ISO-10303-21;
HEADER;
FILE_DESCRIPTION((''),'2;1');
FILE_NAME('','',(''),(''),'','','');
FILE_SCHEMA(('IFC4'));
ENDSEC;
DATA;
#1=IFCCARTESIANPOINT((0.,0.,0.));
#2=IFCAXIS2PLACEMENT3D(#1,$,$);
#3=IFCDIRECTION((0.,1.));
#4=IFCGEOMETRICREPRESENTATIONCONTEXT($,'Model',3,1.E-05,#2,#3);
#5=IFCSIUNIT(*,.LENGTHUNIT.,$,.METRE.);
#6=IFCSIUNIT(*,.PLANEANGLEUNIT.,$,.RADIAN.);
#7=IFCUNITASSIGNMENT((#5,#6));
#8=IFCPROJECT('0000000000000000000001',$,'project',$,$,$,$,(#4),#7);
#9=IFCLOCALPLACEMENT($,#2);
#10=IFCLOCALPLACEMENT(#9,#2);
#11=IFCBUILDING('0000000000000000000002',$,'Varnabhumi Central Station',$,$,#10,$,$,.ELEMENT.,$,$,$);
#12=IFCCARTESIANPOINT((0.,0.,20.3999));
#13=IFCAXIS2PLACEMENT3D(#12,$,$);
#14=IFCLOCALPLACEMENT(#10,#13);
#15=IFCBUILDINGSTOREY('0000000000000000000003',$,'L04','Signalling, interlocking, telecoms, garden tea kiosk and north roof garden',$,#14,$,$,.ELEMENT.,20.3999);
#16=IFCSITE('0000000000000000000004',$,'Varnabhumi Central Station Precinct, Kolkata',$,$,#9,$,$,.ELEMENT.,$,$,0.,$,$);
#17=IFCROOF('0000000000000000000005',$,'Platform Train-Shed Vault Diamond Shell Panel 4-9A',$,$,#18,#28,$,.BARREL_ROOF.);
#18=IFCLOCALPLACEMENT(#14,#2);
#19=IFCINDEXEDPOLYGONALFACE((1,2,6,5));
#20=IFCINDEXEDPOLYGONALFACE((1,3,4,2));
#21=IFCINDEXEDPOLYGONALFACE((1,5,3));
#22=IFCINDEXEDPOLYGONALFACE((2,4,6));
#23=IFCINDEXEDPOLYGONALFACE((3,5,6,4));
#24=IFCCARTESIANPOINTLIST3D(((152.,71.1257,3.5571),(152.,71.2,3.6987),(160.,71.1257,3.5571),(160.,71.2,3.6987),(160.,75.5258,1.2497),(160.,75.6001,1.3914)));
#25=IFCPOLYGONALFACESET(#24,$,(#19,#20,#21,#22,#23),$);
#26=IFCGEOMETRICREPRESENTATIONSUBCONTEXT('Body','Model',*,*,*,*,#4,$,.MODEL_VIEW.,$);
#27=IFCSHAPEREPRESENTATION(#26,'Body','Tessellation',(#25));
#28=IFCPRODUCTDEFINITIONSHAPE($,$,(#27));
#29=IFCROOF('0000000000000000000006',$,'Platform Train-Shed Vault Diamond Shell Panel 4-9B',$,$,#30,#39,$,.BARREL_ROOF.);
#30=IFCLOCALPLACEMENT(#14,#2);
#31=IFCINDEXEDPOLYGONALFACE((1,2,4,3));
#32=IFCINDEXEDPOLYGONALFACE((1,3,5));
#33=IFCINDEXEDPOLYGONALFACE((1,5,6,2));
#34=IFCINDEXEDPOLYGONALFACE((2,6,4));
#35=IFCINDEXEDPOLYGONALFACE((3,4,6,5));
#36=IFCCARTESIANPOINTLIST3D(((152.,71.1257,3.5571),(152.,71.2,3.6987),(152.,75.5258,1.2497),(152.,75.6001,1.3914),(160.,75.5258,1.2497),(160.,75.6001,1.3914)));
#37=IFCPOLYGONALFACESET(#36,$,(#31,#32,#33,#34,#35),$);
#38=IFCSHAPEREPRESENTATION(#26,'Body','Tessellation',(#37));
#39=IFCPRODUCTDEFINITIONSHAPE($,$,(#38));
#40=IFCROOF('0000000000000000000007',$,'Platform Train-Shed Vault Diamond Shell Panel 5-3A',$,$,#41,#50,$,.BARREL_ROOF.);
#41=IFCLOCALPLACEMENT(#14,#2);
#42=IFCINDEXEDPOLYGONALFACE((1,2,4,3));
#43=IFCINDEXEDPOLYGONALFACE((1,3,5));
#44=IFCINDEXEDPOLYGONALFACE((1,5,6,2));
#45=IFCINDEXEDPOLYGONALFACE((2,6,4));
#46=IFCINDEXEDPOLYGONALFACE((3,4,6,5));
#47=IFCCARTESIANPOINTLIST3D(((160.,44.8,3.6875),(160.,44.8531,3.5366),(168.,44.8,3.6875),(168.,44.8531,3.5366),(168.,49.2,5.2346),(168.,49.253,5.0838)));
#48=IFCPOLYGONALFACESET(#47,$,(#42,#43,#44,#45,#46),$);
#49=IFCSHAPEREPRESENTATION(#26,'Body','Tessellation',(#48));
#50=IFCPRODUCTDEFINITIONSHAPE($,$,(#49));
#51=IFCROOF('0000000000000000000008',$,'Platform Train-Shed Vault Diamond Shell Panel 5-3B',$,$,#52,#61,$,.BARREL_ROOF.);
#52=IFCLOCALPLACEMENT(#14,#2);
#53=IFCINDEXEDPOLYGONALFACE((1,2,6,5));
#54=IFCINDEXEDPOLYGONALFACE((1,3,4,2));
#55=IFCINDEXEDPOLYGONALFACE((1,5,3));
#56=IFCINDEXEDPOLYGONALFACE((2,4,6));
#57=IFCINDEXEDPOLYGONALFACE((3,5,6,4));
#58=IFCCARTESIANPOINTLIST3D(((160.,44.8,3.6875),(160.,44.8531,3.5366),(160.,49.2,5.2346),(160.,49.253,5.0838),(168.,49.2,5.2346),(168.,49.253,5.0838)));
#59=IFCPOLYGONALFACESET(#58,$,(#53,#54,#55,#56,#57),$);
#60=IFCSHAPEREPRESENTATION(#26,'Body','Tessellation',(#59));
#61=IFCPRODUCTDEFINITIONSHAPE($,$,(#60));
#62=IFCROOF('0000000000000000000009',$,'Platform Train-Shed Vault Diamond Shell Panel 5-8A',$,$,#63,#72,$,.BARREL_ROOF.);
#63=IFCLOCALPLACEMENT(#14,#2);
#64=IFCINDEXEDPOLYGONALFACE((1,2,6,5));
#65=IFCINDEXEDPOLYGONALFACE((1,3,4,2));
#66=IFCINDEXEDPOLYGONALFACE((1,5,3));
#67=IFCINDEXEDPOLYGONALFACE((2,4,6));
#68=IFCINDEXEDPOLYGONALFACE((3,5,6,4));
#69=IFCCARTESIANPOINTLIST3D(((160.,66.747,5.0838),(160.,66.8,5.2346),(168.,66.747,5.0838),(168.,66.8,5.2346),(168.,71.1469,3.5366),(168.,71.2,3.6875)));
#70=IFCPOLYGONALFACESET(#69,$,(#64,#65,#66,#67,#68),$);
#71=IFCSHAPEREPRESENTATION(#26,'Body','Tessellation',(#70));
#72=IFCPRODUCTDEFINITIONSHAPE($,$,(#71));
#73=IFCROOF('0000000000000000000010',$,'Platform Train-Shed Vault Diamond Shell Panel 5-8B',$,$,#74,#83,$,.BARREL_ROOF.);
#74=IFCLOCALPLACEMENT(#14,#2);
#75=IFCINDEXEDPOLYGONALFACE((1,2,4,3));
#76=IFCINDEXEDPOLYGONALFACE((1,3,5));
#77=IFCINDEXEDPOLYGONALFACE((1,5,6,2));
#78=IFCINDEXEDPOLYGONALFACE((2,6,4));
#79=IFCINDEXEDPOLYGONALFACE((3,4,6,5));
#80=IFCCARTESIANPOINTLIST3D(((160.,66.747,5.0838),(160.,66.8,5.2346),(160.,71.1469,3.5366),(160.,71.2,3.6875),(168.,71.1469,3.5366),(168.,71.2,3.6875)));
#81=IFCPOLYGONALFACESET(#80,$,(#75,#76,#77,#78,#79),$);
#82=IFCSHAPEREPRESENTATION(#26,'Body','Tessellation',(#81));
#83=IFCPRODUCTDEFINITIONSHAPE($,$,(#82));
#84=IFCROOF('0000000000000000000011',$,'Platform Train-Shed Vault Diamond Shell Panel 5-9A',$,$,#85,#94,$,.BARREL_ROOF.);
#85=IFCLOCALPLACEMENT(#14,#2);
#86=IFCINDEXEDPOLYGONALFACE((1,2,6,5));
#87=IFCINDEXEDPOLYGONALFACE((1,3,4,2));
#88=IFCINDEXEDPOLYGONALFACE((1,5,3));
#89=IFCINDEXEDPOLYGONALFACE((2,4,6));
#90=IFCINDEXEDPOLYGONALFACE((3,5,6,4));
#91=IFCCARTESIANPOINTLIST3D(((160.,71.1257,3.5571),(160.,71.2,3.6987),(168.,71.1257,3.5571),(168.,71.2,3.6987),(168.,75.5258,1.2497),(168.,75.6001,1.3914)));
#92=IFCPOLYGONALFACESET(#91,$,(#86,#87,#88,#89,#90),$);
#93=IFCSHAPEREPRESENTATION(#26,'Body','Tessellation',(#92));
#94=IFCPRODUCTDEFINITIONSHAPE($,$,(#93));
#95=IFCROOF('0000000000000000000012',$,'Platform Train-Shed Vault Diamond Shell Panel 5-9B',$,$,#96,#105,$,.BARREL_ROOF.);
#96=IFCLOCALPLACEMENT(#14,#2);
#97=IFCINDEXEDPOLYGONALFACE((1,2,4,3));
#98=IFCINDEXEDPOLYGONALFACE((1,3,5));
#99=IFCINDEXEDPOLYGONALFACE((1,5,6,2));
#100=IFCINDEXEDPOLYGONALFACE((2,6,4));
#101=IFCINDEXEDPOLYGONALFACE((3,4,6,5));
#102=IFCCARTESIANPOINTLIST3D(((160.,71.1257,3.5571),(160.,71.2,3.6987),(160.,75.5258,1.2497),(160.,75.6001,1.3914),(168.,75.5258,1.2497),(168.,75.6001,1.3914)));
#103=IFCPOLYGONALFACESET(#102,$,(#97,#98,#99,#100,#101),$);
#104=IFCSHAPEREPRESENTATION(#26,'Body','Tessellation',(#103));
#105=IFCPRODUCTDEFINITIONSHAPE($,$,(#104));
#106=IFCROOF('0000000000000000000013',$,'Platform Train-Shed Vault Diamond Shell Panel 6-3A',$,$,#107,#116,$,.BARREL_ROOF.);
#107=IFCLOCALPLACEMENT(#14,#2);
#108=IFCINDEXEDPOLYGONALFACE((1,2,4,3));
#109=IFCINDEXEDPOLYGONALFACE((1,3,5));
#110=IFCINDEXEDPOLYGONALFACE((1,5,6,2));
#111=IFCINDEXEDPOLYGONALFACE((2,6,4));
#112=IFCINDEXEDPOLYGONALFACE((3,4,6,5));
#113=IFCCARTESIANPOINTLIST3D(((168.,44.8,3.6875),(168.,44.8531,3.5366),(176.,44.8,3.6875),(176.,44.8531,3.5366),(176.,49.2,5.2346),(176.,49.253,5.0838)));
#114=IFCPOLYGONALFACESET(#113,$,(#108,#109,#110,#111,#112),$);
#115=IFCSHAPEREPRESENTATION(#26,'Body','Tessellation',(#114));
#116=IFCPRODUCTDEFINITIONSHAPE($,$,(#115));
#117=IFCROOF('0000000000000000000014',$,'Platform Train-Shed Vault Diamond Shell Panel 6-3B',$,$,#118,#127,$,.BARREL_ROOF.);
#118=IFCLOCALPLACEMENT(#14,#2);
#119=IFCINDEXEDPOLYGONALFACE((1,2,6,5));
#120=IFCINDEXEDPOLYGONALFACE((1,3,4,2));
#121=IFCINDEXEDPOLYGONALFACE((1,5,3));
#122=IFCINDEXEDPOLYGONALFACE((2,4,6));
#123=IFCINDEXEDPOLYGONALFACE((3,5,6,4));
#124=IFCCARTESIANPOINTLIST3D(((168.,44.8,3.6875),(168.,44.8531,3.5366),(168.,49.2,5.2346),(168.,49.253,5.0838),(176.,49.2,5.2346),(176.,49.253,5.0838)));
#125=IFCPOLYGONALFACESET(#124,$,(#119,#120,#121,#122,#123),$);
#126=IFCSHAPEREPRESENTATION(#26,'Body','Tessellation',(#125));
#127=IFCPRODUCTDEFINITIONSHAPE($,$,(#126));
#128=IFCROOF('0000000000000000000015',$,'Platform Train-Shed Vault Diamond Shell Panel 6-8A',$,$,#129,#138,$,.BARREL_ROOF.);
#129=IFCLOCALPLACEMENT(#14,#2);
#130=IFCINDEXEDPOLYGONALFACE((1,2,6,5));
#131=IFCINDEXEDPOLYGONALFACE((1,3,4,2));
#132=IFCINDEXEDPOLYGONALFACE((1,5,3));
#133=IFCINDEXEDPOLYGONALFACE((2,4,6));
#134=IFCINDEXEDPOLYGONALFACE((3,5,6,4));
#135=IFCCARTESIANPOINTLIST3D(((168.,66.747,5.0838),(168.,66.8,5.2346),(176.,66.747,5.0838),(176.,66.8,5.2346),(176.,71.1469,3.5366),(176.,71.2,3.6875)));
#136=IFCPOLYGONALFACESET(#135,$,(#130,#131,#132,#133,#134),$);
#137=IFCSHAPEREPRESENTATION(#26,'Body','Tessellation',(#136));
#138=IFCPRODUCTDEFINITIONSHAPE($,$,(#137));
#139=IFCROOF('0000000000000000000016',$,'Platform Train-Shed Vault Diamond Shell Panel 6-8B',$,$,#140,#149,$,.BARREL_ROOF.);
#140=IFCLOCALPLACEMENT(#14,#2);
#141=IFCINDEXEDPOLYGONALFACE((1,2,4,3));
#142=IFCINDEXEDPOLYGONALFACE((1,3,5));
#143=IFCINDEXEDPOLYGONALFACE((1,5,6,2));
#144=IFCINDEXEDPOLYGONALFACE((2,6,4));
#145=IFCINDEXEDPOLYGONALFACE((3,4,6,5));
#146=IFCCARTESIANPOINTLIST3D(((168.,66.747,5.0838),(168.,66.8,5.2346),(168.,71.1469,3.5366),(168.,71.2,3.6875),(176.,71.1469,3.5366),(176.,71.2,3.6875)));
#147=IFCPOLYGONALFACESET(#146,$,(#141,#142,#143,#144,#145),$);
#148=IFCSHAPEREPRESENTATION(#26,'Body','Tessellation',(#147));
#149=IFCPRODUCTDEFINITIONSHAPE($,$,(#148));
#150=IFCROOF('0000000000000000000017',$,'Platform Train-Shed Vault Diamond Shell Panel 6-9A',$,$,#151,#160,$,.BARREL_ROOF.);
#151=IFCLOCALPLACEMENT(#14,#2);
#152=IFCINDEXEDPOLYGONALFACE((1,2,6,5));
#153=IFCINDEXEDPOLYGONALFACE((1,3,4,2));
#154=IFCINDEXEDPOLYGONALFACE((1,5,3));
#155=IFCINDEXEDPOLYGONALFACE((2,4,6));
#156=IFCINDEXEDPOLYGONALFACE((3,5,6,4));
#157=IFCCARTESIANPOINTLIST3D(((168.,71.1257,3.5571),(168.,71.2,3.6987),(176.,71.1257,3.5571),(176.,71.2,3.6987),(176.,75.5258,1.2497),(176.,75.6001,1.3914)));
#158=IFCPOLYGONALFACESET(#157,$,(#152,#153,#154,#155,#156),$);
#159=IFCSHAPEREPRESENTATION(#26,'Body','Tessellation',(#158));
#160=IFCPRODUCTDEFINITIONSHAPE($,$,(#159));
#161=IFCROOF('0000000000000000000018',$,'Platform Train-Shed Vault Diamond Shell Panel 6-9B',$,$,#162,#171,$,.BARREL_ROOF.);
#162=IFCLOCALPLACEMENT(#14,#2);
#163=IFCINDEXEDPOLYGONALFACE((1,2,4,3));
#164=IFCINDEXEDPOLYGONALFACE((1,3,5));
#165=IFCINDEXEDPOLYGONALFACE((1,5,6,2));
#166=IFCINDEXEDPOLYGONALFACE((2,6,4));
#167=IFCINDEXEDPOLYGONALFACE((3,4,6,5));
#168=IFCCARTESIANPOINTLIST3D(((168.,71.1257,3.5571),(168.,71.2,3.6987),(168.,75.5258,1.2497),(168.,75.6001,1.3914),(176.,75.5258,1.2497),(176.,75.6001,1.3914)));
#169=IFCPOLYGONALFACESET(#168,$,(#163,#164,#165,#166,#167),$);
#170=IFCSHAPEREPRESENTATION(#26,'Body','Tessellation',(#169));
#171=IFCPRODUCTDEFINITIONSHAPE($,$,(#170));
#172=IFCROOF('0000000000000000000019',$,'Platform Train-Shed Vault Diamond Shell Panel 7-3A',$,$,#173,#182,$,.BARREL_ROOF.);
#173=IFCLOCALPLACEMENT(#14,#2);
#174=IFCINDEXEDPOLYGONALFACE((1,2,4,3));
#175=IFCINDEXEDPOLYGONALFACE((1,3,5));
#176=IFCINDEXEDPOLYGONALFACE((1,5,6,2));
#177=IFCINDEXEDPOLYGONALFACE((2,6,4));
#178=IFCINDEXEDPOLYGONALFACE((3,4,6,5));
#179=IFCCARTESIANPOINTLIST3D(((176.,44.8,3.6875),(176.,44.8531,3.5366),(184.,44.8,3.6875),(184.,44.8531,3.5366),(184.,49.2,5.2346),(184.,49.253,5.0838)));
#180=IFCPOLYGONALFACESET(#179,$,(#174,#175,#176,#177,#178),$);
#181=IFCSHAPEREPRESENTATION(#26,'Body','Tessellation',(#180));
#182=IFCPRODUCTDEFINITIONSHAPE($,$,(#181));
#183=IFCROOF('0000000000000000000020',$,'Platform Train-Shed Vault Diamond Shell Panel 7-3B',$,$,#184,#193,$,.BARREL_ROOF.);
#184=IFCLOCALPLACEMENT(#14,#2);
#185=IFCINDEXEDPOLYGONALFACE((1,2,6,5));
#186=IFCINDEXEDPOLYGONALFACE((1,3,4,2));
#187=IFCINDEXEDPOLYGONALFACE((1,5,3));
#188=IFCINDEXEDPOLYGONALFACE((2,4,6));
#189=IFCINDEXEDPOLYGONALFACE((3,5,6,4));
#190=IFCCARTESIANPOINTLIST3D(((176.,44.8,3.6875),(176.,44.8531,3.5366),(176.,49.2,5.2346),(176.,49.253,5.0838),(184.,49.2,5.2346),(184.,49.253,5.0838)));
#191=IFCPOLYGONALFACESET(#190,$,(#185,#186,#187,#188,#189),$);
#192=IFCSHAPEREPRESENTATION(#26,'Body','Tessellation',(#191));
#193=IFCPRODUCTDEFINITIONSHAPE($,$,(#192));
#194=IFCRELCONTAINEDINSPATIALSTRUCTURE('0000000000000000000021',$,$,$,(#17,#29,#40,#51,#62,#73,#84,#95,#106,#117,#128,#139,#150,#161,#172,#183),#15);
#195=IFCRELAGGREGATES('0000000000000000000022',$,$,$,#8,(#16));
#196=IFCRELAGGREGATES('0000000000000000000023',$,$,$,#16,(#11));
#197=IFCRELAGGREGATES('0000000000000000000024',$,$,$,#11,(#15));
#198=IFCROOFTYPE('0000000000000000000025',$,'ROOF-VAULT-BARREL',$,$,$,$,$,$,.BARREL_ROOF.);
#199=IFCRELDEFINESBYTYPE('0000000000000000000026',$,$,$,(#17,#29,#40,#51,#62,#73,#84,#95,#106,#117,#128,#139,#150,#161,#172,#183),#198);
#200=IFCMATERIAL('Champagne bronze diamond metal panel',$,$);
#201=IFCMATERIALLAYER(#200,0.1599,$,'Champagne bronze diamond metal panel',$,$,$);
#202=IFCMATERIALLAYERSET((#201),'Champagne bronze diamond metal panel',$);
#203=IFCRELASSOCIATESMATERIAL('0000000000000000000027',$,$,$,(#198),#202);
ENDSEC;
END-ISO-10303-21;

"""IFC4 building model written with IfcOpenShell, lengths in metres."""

from ifc_helpers import new_model, si_unit, direction, frame, origin, place, context, subcontext, project, spatial, polyline, outline, extrude, material, layer, layer_set, type_object, element, save


model = new_model("IFC4")

# Units and contexts
model_context = context("Model", 3, precision=1e-05, world=origin(), true_north=direction((0.0, 1.0)))
body_context = subcontext(model_context, "Body", "Model", "MODEL_VIEW")
ifc_project = project(units=[si_unit("LENGTHUNIT", "METRE"), si_unit("PLANEANGLEUNIT", "RADIAN")], contexts=[model_context])

# Site, building, storey
site_placement = place(None, origin())
site = spatial("IfcSite", under=ifc_project, at=site_placement, Name="Varnabhumi Central Station Precinct, Kolkata", CompositionType="ELEMENT", RefElevation=0.0)
building_placement = place(site_placement, origin())
building = spatial("IfcBuilding", under=site, at=building_placement, Name="Varnabhumi Central Station", CompositionType="ELEMENT")
storey_placement = place(building_placement, frame((0.0, 0.0, 20.3999)))
storey = spatial("IfcBuildingStorey", under=building, at=storey_placement, Name="L04", Description="Signalling, interlocking, telecoms, garden tea kiosk and north roof garden", CompositionType="ELEMENT", Elevation=20.3999)

# Roofs
ifc_material = material(Name="Champagne bronze diamond metal panel")
ifc_layer = layer(ifc_material, 0.1599, Name="Champagne bronze diamond metal panel")
ifc_layer_set = layer_set([ifc_layer], Name="Champagne bronze diamond metal panel")
roof_type = type_object("IfcRoofType", Name="ROOF-VAULT-BARREL", PredefinedType="BARREL_ROOF", material=ifc_layer_set)
roof_1_placement = place(storey_placement, frame((152.0, 71.2, 3.6987), z_axis=(0.0, 0.464407, 0.885622), x_axis=(1.0, 0.0, 0.0)))
element("IfcRoof", 1, at=roof_1_placement, inside=storey, type_object=roof_type, Name="Platform Train-Shed Vault Diamond Shell Panel 4-9A", PredefinedType="BARREL_ROOF", context=body_context, shape_type="SweptSolid", body=[
    extrude(outline(polyline([(0.0, 0.0), (8.0, 0.0), (8.0, 4.9684), (0.0, 0.0)])), origin(), (0.0, 0.0, -1.0), 0.1599),
])
roof_2_placement = place(storey_placement, frame((152.0, 71.2, 3.6987), z_axis=(0.0, 0.464407, 0.885622), x_axis=(0.849502, 0.467242, -0.245015)))
element("IfcRoof", 2, at=roof_2_placement, inside=storey, type_object=roof_type, Name="Platform Train-Shed Vault Diamond Shell Panel 4-9B", PredefinedType="BARREL_ROOF", context=body_context, shape_type="SweptSolid", body=[
    extrude(outline(polyline([(0.0, 0.0), (9.4173, 0.0), (2.6213, 4.2207), (0.0, 0.0)])), origin(), (0.0, 0.0, -1.0), 0.1599),
])
roof_3_placement = place(storey_placement, frame((160.0, 44.8, 3.6875), z_axis=(0.0, -0.331716, 0.943379), x_axis=(1.0, 0.0, 0.0)))
element("IfcRoof", 3, at=roof_3_placement, inside=storey, type_object=roof_type, Name="Platform Train-Shed Vault Diamond Shell Panel 5-3A", PredefinedType="BARREL_ROOF", context=body_context, shape_type="SweptSolid", body=[
    extrude(outline(polyline([(0.0, 0.0), (8.0, 0.0), (8.0, 4.664), (0.0, 0.0)])), origin(), (0.0, 0.0, -1.0), 0.1599),
])
roof_4_placement = place(storey_placement, frame((160.0, 44.8, 3.6875), z_axis=(0.0, -0.331716, 0.943379), x_axis=(0.863905, 0.475137, 0.167071)))
element("IfcRoof", 4, at=roof_4_placement, inside=storey, type_object=roof_type, Name="Platform Train-Shed Vault Diamond Shell Panel 5-3B", PredefinedType="BARREL_ROOF", context=body_context, shape_type="SweptSolid", body=[
    extrude(outline(polyline([(0.0, 0.0), (9.2603, 0.0), (2.349, 4.0292), (0.0, 0.0)])), origin(), (0.0, 0.0, -1.0), 0.1599),
])
roof_5_placement = place(storey_placement, frame((160.0, 66.8, 5.2346), z_axis=(0.0, 0.331716, 0.943379), x_axis=(1.0, 0.0, 0.0)))
element("IfcRoof", 5, at=roof_5_placement, inside=storey, type_object=roof_type, Name="Platform Train-Shed Vault Diamond Shell Panel 5-8A", PredefinedType="BARREL_ROOF", context=body_context, shape_type="SweptSolid", body=[
    extrude(outline(polyline([(0.0, 0.0), (8.0, 0.0), (8.0, 4.664), (0.0, 0.0)])), origin(), (0.0, 0.0, -1.0), 0.1599),
])
roof_6_placement = place(storey_placement, frame((160.0, 66.8, 5.2346), z_axis=(0.0, 0.331716, 0.943379), x_axis=(0.863905, 0.475137, -0.167071)))
element("IfcRoof", 6, at=roof_6_placement, inside=storey, type_object=roof_type, Name="Platform Train-Shed Vault Diamond Shell Panel 5-8B", PredefinedType="BARREL_ROOF", context=body_context, shape_type="SweptSolid", body=[
    extrude(outline(polyline([(0.0, 0.0), (9.2603, 0.0), (2.349, 4.0292), (0.0, 0.0)])), origin(), (0.0, 0.0, -1.0), 0.1599),
])
roof_7_placement = place(storey_placement, frame((160.0, 71.2, 3.6987), z_axis=(0.0, 0.464407, 0.885622), x_axis=(1.0, 0.0, 0.0)))
element("IfcRoof", 7, at=roof_7_placement, inside=storey, type_object=roof_type, Name="Platform Train-Shed Vault Diamond Shell Panel 5-9A", PredefinedType="BARREL_ROOF", context=body_context, shape_type="SweptSolid", body=[
    extrude(outline(polyline([(0.0, 0.0), (8.0, 0.0), (8.0, 4.9684), (0.0, 0.0)])), origin(), (0.0, 0.0, -1.0), 0.1599),
])
roof_8_placement = place(storey_placement, frame((160.0, 71.2, 3.6987), z_axis=(0.0, 0.464407, 0.885622), x_axis=(0.849502, 0.467242, -0.245015)))
element("IfcRoof", 8, at=roof_8_placement, inside=storey, type_object=roof_type, Name="Platform Train-Shed Vault Diamond Shell Panel 5-9B", PredefinedType="BARREL_ROOF", context=body_context, shape_type="SweptSolid", body=[
    extrude(outline(polyline([(0.0, 0.0), (9.4173, 0.0), (2.6213, 4.2207), (0.0, 0.0)])), origin(), (0.0, 0.0, -1.0), 0.1599),
])
roof_9_placement = place(storey_placement, frame((168.0, 44.8, 3.6875), z_axis=(0.0, -0.331716, 0.943379), x_axis=(1.0, 0.0, 0.0)))
element("IfcRoof", 9, at=roof_9_placement, inside=storey, type_object=roof_type, Name="Platform Train-Shed Vault Diamond Shell Panel 6-3A", PredefinedType="BARREL_ROOF", context=body_context, shape_type="SweptSolid", body=[
    extrude(outline(polyline([(0.0, 0.0), (8.0, 0.0), (8.0, 4.664), (0.0, 0.0)])), origin(), (0.0, 0.0, -1.0), 0.1599),
])
roof_10_placement = place(storey_placement, frame((168.0, 44.8, 3.6875), z_axis=(0.0, -0.331716, 0.943379), x_axis=(0.863905, 0.475137, 0.167071)))
element("IfcRoof", 10, at=roof_10_placement, inside=storey, type_object=roof_type, Name="Platform Train-Shed Vault Diamond Shell Panel 6-3B", PredefinedType="BARREL_ROOF", context=body_context, shape_type="SweptSolid", body=[
    extrude(outline(polyline([(0.0, 0.0), (9.2603, 0.0), (2.349, 4.0292), (0.0, 0.0)])), origin(), (0.0, 0.0, -1.0), 0.1599),
])
roof_11_placement = place(storey_placement, frame((168.0, 66.8, 5.2346), z_axis=(0.0, 0.331716, 0.943379), x_axis=(1.0, 0.0, 0.0)))
element("IfcRoof", 11, at=roof_11_placement, inside=storey, type_object=roof_type, Name="Platform Train-Shed Vault Diamond Shell Panel 6-8A", PredefinedType="BARREL_ROOF", context=body_context, shape_type="SweptSolid", body=[
    extrude(outline(polyline([(0.0, 0.0), (8.0, 0.0), (8.0, 4.664), (0.0, 0.0)])), origin(), (0.0, 0.0, -1.0), 0.1599),
])
roof_12_placement = place(storey_placement, frame((168.0, 66.8, 5.2346), z_axis=(0.0, 0.331716, 0.943379), x_axis=(0.863905, 0.475137, -0.167071)))
element("IfcRoof", 12, at=roof_12_placement, inside=storey, type_object=roof_type, Name="Platform Train-Shed Vault Diamond Shell Panel 6-8B", PredefinedType="BARREL_ROOF", context=body_context, shape_type="SweptSolid", body=[
    extrude(outline(polyline([(0.0, 0.0), (9.2603, 0.0), (2.349, 4.0292), (0.0, 0.0)])), origin(), (0.0, 0.0, -1.0), 0.1599),
])
roof_13_placement = place(storey_placement, frame((168.0, 71.2, 3.6987), z_axis=(0.0, 0.464407, 0.885622), x_axis=(1.0, 0.0, 0.0)))
element("IfcRoof", 13, at=roof_13_placement, inside=storey, type_object=roof_type, Name="Platform Train-Shed Vault Diamond Shell Panel 6-9A", PredefinedType="BARREL_ROOF", context=body_context, shape_type="SweptSolid", body=[
    extrude(outline(polyline([(0.0, 0.0), (8.0, 0.0), (8.0, 4.9684), (0.0, 0.0)])), origin(), (0.0, 0.0, -1.0), 0.1599),
])
roof_14_placement = place(storey_placement, frame((168.0, 71.2, 3.6987), z_axis=(0.0, 0.464407, 0.885622), x_axis=(0.849502, 0.467242, -0.245015)))
element("IfcRoof", 14, at=roof_14_placement, inside=storey, type_object=roof_type, Name="Platform Train-Shed Vault Diamond Shell Panel 6-9B", PredefinedType="BARREL_ROOF", context=body_context, shape_type="SweptSolid", body=[
    extrude(outline(polyline([(0.0, 0.0), (9.4173, 0.0), (2.6213, 4.2207), (0.0, 0.0)])), origin(), (0.0, 0.0, -1.0), 0.1599),
])
roof_15_placement = place(storey_placement, frame((176.0, 44.8, 3.6875), z_axis=(0.0, -0.331716, 0.943379), x_axis=(1.0, 0.0, 0.0)))
element("IfcRoof", 15, at=roof_15_placement, inside=storey, type_object=roof_type, Name="Platform Train-Shed Vault Diamond Shell Panel 7-3A", PredefinedType="BARREL_ROOF", context=body_context, shape_type="SweptSolid", body=[
    extrude(outline(polyline([(0.0, 0.0), (8.0, 0.0), (8.0, 4.664), (0.0, 0.0)])), origin(), (0.0, 0.0, -1.0), 0.1599),
])
roof_16_placement = place(storey_placement, frame((176.0, 44.8, 3.6875), z_axis=(0.0, -0.331716, 0.943379), x_axis=(0.863905, 0.475137, 0.167071)))
element("IfcRoof", 16, at=roof_16_placement, inside=storey, type_object=roof_type, Name="Platform Train-Shed Vault Diamond Shell Panel 7-3B", PredefinedType="BARREL_ROOF", context=body_context, shape_type="SweptSolid", body=[
    extrude(outline(polyline([(0.0, 0.0), (9.2603, 0.0), (2.349, 4.0292), (0.0, 0.0)])), origin(), (0.0, 0.0, -1.0), 0.1599),
])

save(model, "model.ifc")
